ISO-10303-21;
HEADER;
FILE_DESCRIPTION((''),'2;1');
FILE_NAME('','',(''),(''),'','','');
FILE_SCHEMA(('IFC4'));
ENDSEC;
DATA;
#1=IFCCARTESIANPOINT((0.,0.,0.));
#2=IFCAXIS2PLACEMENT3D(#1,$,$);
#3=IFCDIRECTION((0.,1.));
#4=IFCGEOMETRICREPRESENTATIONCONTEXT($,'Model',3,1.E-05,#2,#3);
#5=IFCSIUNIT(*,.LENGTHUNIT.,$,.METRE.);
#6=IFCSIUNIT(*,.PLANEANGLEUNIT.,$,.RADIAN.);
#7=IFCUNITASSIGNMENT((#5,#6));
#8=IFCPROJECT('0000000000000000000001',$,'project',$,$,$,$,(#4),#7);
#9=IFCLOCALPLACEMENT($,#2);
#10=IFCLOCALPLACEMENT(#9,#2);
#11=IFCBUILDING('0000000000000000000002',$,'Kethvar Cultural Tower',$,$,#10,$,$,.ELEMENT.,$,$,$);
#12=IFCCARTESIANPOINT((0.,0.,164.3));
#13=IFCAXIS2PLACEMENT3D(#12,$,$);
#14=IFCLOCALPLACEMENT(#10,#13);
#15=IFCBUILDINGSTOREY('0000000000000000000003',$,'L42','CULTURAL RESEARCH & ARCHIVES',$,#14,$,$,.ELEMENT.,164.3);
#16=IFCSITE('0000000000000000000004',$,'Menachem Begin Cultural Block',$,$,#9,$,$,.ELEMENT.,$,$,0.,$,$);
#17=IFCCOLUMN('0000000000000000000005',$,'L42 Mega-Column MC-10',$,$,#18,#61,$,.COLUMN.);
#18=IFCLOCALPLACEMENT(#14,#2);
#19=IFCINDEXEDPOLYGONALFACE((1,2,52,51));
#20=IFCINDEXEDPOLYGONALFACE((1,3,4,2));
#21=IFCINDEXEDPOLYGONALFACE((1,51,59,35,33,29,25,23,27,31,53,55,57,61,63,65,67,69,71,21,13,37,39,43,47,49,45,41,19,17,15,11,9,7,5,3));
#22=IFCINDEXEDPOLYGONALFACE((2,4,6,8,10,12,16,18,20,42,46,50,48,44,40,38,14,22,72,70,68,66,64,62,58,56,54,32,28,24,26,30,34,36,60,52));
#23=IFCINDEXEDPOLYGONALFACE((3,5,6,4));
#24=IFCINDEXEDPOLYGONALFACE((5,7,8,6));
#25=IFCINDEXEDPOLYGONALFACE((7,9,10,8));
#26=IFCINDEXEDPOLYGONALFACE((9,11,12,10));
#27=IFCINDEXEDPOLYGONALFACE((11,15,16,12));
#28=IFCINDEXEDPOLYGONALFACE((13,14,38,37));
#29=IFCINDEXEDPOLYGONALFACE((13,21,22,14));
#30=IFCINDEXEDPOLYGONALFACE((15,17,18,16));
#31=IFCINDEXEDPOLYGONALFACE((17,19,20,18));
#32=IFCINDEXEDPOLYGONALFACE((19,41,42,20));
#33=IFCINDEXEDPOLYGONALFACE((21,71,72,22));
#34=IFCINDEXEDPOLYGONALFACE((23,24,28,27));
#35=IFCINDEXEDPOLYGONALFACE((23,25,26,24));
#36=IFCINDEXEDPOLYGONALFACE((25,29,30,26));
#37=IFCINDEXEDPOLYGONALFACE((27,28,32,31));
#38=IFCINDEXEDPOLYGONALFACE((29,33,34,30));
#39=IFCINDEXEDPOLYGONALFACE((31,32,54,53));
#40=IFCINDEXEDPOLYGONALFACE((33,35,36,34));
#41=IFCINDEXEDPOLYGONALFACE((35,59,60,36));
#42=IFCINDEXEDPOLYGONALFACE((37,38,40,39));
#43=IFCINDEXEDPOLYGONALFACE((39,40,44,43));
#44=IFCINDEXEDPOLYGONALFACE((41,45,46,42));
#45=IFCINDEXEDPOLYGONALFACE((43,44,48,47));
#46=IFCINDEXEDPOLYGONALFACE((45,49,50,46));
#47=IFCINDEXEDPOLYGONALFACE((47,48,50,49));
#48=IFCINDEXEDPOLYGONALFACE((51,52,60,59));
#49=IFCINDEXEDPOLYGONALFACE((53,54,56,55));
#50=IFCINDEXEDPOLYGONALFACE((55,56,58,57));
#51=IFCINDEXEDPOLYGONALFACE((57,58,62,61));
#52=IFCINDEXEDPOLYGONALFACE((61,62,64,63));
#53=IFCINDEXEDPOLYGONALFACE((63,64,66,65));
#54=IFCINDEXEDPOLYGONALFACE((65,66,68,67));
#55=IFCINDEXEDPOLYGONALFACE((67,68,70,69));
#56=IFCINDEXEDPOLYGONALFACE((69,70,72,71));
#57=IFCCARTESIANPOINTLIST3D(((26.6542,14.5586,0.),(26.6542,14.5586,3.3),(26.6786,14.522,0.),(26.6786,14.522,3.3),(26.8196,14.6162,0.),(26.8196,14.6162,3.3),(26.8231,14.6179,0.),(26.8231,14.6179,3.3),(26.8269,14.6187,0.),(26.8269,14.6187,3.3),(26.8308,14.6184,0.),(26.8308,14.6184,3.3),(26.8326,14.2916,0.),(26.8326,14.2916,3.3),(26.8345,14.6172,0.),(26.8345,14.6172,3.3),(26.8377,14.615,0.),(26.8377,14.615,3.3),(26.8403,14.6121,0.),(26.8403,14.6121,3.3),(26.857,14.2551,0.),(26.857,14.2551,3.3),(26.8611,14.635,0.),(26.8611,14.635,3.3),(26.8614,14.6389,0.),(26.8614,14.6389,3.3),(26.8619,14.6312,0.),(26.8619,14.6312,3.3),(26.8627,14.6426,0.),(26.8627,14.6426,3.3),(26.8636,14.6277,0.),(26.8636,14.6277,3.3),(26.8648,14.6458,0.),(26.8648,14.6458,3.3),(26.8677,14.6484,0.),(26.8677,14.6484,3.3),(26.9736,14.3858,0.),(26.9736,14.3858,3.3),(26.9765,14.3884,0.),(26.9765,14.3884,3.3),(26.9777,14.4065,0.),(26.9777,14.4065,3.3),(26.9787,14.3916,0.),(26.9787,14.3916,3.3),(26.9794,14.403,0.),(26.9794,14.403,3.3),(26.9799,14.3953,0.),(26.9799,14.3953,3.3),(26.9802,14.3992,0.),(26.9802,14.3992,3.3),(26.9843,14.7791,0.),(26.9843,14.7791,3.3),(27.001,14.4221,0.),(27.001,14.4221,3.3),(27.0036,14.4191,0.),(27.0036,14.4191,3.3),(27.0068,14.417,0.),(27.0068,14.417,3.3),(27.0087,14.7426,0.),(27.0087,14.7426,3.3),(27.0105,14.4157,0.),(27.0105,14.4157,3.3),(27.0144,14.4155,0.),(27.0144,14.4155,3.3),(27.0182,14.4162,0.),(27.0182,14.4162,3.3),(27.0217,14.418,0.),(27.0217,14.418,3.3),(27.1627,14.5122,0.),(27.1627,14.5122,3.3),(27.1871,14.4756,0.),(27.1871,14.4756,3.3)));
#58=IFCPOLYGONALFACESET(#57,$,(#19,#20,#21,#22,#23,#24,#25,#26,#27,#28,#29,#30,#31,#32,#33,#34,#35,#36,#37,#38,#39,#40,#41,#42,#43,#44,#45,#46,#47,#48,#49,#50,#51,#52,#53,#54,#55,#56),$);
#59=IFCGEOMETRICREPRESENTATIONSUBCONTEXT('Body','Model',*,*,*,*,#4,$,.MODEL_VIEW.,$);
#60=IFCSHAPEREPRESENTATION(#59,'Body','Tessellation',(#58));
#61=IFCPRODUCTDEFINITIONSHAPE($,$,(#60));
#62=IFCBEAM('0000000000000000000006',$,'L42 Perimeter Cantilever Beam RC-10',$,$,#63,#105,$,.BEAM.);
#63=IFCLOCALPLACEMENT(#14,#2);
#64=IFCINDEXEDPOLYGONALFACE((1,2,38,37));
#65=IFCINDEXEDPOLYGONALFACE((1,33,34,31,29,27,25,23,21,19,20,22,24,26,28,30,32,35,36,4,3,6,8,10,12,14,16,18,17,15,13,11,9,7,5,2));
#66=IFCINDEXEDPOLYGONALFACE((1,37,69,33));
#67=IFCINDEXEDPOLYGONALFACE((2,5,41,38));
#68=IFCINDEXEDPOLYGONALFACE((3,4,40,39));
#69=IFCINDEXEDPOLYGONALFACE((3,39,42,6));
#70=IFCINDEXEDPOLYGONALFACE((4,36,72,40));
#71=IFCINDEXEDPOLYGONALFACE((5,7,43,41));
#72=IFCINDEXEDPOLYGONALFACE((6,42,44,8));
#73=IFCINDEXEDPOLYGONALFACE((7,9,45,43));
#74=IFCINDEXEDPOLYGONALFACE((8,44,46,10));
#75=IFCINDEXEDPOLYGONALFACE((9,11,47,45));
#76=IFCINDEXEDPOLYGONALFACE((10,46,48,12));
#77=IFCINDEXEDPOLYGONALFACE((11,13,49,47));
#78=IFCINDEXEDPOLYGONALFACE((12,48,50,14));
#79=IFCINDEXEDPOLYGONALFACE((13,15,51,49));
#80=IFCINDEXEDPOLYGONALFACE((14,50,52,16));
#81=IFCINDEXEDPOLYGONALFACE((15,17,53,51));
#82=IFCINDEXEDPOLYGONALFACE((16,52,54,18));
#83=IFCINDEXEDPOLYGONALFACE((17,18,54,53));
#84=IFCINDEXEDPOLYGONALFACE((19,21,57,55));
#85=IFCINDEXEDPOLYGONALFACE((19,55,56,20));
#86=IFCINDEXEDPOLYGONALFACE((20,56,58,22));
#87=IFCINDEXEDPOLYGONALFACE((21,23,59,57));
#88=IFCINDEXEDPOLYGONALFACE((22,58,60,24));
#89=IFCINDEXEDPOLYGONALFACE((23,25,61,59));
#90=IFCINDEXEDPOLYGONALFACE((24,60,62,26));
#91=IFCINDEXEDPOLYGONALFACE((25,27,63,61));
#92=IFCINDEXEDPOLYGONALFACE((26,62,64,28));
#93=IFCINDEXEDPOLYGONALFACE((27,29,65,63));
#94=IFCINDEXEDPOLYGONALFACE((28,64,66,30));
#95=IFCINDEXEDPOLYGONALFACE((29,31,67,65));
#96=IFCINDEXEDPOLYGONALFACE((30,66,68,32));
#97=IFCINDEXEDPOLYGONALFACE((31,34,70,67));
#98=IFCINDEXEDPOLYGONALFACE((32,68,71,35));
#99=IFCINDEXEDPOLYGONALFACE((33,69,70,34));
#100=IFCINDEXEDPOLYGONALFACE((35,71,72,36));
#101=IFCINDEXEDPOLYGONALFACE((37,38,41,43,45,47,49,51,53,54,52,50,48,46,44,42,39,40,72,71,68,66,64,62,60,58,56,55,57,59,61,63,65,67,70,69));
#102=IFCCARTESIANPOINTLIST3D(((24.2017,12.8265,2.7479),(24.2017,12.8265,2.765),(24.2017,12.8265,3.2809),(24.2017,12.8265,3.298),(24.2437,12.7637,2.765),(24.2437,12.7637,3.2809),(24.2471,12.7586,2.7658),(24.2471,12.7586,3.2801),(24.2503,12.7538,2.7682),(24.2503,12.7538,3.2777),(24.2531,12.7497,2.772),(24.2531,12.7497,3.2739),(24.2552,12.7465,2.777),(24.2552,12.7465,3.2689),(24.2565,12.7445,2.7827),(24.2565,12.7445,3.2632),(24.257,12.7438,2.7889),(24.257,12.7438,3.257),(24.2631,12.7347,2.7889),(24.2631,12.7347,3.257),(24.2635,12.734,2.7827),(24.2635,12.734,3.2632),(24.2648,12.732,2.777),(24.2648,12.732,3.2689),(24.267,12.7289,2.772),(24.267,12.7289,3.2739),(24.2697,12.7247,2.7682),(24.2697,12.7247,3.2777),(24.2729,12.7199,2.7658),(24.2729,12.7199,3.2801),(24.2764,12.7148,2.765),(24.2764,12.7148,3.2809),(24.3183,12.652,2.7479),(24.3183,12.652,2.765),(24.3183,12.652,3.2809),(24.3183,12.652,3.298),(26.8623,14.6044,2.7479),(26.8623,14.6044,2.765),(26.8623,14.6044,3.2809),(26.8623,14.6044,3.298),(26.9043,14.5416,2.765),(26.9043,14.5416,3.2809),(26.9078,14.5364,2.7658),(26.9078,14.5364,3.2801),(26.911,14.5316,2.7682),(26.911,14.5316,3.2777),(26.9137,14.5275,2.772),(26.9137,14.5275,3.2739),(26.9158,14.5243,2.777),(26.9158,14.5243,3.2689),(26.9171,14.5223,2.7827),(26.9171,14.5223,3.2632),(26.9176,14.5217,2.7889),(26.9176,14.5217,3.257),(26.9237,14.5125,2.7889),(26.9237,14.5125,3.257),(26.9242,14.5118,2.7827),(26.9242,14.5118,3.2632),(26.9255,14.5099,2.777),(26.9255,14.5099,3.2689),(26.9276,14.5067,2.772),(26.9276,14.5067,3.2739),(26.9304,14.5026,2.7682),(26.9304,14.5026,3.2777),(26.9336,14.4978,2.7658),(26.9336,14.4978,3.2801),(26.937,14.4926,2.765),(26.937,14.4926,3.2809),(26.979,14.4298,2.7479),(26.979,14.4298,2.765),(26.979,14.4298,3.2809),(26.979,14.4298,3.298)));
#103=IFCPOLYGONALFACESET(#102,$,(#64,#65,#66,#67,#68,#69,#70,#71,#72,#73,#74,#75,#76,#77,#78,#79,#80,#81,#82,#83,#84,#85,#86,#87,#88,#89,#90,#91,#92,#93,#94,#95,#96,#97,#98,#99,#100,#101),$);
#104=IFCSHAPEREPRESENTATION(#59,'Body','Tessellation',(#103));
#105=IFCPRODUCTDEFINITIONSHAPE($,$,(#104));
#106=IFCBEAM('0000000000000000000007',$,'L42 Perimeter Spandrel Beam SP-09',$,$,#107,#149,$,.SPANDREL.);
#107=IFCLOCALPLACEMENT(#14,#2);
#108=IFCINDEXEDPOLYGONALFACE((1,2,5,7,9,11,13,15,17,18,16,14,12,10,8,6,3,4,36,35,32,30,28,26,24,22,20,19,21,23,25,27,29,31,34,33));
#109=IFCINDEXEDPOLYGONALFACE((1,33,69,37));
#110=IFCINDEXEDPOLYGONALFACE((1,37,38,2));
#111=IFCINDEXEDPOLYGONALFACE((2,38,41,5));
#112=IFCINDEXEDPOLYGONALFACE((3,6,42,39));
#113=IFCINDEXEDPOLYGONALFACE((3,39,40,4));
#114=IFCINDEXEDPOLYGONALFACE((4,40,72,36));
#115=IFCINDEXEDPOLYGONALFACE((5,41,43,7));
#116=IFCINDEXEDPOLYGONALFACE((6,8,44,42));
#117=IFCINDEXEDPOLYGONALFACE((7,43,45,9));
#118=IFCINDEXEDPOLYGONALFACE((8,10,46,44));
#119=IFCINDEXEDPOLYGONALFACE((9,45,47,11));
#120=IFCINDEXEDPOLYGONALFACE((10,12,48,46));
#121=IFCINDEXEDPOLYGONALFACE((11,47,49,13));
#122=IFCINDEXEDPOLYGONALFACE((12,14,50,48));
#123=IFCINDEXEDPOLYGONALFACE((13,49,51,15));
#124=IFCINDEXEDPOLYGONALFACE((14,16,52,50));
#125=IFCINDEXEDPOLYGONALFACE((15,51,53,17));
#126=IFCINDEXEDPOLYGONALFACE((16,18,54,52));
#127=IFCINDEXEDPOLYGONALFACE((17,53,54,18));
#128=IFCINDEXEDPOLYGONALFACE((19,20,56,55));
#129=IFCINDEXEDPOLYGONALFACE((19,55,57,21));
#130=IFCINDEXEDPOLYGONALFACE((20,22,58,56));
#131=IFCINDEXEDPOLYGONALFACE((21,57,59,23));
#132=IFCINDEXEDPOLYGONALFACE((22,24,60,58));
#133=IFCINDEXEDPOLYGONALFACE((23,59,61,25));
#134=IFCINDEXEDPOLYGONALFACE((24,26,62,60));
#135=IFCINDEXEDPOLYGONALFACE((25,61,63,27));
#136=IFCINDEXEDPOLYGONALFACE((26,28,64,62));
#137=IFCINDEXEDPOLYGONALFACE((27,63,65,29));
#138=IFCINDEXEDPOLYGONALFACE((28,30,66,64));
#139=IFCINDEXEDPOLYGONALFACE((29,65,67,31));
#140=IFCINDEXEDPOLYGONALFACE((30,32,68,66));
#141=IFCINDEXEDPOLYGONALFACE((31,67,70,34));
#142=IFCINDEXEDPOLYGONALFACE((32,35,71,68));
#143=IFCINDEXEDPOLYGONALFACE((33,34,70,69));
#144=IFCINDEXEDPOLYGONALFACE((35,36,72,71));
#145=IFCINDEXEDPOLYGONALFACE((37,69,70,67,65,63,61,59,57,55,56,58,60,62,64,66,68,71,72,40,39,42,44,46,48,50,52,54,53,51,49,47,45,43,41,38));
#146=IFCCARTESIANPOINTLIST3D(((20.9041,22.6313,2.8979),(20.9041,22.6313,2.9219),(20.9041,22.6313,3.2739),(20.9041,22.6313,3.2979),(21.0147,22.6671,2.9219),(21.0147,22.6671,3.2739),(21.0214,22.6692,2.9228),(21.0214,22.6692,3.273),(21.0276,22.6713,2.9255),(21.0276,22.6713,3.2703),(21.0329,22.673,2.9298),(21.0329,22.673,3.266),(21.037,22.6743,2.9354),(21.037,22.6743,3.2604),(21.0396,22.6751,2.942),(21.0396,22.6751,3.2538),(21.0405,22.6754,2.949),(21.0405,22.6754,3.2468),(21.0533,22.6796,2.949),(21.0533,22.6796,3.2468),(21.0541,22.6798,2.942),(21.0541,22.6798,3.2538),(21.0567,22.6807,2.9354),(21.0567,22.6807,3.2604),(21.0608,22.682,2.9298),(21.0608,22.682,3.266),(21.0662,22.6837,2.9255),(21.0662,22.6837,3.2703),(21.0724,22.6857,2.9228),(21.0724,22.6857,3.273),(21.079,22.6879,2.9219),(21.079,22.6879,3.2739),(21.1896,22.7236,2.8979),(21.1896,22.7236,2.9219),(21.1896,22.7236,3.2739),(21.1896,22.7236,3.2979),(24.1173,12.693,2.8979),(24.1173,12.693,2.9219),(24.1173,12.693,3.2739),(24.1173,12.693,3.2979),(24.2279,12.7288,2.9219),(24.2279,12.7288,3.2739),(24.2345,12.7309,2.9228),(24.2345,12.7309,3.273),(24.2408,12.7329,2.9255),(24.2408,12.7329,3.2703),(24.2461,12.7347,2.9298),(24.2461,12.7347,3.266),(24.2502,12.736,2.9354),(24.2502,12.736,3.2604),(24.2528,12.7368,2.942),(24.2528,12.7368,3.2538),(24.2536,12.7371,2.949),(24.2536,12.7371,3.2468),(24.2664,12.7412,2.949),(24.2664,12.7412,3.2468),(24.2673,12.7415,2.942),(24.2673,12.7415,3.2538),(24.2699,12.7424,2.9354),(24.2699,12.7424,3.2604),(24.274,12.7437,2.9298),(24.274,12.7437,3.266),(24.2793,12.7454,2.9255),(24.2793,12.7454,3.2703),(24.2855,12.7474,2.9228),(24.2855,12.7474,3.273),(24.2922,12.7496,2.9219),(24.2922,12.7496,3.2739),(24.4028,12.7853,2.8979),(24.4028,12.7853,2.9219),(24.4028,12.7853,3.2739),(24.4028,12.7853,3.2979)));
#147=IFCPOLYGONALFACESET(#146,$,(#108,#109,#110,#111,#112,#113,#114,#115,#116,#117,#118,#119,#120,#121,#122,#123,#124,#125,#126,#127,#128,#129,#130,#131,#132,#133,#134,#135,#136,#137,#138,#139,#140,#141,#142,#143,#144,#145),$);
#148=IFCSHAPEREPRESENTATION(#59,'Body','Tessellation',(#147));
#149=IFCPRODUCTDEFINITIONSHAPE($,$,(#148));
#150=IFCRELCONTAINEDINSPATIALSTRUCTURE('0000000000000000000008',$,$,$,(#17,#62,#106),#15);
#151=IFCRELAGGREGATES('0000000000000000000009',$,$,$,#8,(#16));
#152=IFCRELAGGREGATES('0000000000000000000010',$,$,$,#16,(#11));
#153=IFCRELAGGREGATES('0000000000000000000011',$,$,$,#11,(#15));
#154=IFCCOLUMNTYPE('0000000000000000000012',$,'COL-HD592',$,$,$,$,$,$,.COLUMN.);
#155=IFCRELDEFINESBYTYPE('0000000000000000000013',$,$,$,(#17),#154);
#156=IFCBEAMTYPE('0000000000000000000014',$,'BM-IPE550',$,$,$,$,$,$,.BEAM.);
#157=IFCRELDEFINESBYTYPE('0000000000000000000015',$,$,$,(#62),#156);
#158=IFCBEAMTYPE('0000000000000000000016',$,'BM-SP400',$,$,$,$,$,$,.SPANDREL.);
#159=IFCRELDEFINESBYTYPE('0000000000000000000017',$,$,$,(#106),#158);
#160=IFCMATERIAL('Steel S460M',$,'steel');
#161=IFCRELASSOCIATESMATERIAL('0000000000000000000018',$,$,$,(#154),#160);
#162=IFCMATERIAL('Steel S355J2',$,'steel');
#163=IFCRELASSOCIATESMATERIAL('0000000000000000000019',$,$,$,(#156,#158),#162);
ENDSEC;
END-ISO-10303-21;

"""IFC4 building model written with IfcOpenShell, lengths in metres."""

from ifc_helpers import new_model, si_unit, direction, frame, origin, origin_2d, place, context, subcontext, project, spatial, i_section, extrude, source, transform, mapped, material, material_profile, profile_set, type_object, element, save


model = new_model("IFC4")

# Units and contexts
model_context = context("Model", 3, precision=1e-05, world=origin(), true_north=direction((0.0, 1.0)))
body_context = subcontext(model_context, "Body", "Model", "MODEL_VIEW")
ifc_project = project(units=[si_unit("LENGTHUNIT", "METRE"), si_unit("PLANEANGLEUNIT", "RADIAN")], contexts=[model_context])

# Site, building, storey
site_placement = place(None, origin())
site = spatial("IfcSite", under=ifc_project, at=site_placement, Name="Menachem Begin Cultural Block", CompositionType="ELEMENT", RefElevation=0.0)
building_placement = place(site_placement, origin())
building = spatial("IfcBuilding", under=site, at=building_placement, Name="Kethvar Cultural Tower", CompositionType="ELEMENT")
storey_placement = place(building_placement, frame((0.0, 0.0, 164.3)))
storey = spatial("IfcBuildingStorey", under=building, at=storey_placement, Name="L42", Description="CULTURAL RESEARCH & ARCHIVES", CompositionType="ELEMENT", Elevation=164.3)

# Column
ifc_material_1 = material(Name="Steel S460M", Category="steel")
ifc_material_profile_1 = material_profile(ifc_material_1, i_section(OverallWidth=0.397, OverallDepth=0.365, WebThickness=0.0281, FlangeThickness=0.0439, FilletRadius=0.0149, at=origin_2d()), Name="Steel S460M — HD400x592")
ifc_profile_set_1 = profile_set([ifc_material_profile_1], Name="Steel S460M — HD400x592")
column_type = type_object("IfcColumnType", Name="COL-HD592", PredefinedType="COLUMN", material=ifc_profile_set_1)
shared_shape_1 = source(origin(), body_context, "Body", "SweptSolid", [
    extrude(i_section(OverallWidth=0.397, OverallDepth=0.365, WebThickness=0.0281, FlangeThickness=0.0439, FilletRadius=0.0149, at=origin_2d()), origin(), (0.0, 0.0, 1.0), 3.3),
])
column_placement = place(storey_placement, frame((26.9207, 14.5171, 0.0), z_axis=(0.0, 0.0, 1.0), x_axis=(-0.83147, -0.55557, 0.0)))
element("IfcColumn", 1, at=column_placement, inside=storey, type_object=column_type, Name="L42 Mega-Column MC-10", PredefinedType="COLUMN", context=body_context, shape_type="MappedRepresentation", body=[
    mapped(shared_shape_1, transform((0.0, 0.0, 0.0), scale=1.0)),
])

# Beams
ifc_material_2 = material(Name="Steel S355J2", Category="steel")
ifc_material_profile_2 = material_profile(ifc_material_2, i_section(OverallWidth=0.21, OverallDepth=0.55, WebThickness=0.011, FlangeThickness=0.0171, FilletRadius=0.0239, at=origin_2d()), Name="Steel S355J2 — IPE550")
ifc_profile_set_2 = profile_set([ifc_material_profile_2], Name="Steel S355J2 — IPE550")
beam_type_1 = type_object("IfcBeamType", Name="BM-IPE550", PredefinedType="BEAM", material=ifc_profile_set_2)
shared_shape_2 = source(origin(), body_context, "Body", "SweptSolid", [
    extrude(i_section(OverallWidth=0.21, OverallDepth=0.55, WebThickness=0.011, FlangeThickness=0.0171, FilletRadius=0.0239, at=origin_2d()), origin(), (0.0, 0.0, 1.0), 3.2),
])
beam_1_placement = place(storey_placement, frame((26.9207, 14.5171, 3.0229), z_axis=(-0.831463, -0.55558, 0.0), x_axis=(0.55558, -0.831463, 0.0)))
element("IfcBeam", 2, at=beam_1_placement, inside=storey, type_object=beam_type_1, Name="L42 Perimeter Cantilever Beam RC-10", PredefinedType="BEAM", context=body_context, shape_type="MappedRepresentation", body=[
    mapped(shared_shape_2, transform((0.0, 0.0, 0.0), scale=1.0)),
])
ifc_material_profile_3 = material_profile(ifc_material_2, i_section(OverallWidth=0.3, OverallDepth=0.3999, WebThickness=0.0134, FlangeThickness=0.0239, FilletRadius=0.0271, at=origin_2d()), Name="Steel S355J2 — HEB400")
ifc_profile_set_3 = profile_set([ifc_material_profile_3], Name="Steel S355J2 — HEB400")
beam_type_2 = type_object("IfcBeamType", Name="BM-SP400", PredefinedType="SPANDREL", material=ifc_profile_set_3)
shared_shape_3 = source(origin(), body_context, "Body", "SweptSolid", [
    extrude(i_section(OverallWidth=0.3, OverallDepth=0.3999, WebThickness=0.0134, FlangeThickness=0.0239, FilletRadius=0.0271, at=origin_2d()), origin(), (0.0, 0.0, 1.0), 10.4448),
])
beam_2_placement = place(storey_placement, frame((21.0469, 22.6775, 3.0979), z_axis=(0.307632, -0.951506, 0.0), x_axis=(0.951506, 0.307632, 0.0)))
element("IfcBeam", 3, at=beam_2_placement, inside=storey, type_object=beam_type_2, Name="L42 Perimeter Spandrel Beam SP-09", PredefinedType="SPANDREL", context=body_context, shape_type="MappedRepresentation", body=[
    mapped(shared_shape_3, transform((0.0, 0.0, 0.0), scale=1.0)),
])

save(model, "model.ifc")
